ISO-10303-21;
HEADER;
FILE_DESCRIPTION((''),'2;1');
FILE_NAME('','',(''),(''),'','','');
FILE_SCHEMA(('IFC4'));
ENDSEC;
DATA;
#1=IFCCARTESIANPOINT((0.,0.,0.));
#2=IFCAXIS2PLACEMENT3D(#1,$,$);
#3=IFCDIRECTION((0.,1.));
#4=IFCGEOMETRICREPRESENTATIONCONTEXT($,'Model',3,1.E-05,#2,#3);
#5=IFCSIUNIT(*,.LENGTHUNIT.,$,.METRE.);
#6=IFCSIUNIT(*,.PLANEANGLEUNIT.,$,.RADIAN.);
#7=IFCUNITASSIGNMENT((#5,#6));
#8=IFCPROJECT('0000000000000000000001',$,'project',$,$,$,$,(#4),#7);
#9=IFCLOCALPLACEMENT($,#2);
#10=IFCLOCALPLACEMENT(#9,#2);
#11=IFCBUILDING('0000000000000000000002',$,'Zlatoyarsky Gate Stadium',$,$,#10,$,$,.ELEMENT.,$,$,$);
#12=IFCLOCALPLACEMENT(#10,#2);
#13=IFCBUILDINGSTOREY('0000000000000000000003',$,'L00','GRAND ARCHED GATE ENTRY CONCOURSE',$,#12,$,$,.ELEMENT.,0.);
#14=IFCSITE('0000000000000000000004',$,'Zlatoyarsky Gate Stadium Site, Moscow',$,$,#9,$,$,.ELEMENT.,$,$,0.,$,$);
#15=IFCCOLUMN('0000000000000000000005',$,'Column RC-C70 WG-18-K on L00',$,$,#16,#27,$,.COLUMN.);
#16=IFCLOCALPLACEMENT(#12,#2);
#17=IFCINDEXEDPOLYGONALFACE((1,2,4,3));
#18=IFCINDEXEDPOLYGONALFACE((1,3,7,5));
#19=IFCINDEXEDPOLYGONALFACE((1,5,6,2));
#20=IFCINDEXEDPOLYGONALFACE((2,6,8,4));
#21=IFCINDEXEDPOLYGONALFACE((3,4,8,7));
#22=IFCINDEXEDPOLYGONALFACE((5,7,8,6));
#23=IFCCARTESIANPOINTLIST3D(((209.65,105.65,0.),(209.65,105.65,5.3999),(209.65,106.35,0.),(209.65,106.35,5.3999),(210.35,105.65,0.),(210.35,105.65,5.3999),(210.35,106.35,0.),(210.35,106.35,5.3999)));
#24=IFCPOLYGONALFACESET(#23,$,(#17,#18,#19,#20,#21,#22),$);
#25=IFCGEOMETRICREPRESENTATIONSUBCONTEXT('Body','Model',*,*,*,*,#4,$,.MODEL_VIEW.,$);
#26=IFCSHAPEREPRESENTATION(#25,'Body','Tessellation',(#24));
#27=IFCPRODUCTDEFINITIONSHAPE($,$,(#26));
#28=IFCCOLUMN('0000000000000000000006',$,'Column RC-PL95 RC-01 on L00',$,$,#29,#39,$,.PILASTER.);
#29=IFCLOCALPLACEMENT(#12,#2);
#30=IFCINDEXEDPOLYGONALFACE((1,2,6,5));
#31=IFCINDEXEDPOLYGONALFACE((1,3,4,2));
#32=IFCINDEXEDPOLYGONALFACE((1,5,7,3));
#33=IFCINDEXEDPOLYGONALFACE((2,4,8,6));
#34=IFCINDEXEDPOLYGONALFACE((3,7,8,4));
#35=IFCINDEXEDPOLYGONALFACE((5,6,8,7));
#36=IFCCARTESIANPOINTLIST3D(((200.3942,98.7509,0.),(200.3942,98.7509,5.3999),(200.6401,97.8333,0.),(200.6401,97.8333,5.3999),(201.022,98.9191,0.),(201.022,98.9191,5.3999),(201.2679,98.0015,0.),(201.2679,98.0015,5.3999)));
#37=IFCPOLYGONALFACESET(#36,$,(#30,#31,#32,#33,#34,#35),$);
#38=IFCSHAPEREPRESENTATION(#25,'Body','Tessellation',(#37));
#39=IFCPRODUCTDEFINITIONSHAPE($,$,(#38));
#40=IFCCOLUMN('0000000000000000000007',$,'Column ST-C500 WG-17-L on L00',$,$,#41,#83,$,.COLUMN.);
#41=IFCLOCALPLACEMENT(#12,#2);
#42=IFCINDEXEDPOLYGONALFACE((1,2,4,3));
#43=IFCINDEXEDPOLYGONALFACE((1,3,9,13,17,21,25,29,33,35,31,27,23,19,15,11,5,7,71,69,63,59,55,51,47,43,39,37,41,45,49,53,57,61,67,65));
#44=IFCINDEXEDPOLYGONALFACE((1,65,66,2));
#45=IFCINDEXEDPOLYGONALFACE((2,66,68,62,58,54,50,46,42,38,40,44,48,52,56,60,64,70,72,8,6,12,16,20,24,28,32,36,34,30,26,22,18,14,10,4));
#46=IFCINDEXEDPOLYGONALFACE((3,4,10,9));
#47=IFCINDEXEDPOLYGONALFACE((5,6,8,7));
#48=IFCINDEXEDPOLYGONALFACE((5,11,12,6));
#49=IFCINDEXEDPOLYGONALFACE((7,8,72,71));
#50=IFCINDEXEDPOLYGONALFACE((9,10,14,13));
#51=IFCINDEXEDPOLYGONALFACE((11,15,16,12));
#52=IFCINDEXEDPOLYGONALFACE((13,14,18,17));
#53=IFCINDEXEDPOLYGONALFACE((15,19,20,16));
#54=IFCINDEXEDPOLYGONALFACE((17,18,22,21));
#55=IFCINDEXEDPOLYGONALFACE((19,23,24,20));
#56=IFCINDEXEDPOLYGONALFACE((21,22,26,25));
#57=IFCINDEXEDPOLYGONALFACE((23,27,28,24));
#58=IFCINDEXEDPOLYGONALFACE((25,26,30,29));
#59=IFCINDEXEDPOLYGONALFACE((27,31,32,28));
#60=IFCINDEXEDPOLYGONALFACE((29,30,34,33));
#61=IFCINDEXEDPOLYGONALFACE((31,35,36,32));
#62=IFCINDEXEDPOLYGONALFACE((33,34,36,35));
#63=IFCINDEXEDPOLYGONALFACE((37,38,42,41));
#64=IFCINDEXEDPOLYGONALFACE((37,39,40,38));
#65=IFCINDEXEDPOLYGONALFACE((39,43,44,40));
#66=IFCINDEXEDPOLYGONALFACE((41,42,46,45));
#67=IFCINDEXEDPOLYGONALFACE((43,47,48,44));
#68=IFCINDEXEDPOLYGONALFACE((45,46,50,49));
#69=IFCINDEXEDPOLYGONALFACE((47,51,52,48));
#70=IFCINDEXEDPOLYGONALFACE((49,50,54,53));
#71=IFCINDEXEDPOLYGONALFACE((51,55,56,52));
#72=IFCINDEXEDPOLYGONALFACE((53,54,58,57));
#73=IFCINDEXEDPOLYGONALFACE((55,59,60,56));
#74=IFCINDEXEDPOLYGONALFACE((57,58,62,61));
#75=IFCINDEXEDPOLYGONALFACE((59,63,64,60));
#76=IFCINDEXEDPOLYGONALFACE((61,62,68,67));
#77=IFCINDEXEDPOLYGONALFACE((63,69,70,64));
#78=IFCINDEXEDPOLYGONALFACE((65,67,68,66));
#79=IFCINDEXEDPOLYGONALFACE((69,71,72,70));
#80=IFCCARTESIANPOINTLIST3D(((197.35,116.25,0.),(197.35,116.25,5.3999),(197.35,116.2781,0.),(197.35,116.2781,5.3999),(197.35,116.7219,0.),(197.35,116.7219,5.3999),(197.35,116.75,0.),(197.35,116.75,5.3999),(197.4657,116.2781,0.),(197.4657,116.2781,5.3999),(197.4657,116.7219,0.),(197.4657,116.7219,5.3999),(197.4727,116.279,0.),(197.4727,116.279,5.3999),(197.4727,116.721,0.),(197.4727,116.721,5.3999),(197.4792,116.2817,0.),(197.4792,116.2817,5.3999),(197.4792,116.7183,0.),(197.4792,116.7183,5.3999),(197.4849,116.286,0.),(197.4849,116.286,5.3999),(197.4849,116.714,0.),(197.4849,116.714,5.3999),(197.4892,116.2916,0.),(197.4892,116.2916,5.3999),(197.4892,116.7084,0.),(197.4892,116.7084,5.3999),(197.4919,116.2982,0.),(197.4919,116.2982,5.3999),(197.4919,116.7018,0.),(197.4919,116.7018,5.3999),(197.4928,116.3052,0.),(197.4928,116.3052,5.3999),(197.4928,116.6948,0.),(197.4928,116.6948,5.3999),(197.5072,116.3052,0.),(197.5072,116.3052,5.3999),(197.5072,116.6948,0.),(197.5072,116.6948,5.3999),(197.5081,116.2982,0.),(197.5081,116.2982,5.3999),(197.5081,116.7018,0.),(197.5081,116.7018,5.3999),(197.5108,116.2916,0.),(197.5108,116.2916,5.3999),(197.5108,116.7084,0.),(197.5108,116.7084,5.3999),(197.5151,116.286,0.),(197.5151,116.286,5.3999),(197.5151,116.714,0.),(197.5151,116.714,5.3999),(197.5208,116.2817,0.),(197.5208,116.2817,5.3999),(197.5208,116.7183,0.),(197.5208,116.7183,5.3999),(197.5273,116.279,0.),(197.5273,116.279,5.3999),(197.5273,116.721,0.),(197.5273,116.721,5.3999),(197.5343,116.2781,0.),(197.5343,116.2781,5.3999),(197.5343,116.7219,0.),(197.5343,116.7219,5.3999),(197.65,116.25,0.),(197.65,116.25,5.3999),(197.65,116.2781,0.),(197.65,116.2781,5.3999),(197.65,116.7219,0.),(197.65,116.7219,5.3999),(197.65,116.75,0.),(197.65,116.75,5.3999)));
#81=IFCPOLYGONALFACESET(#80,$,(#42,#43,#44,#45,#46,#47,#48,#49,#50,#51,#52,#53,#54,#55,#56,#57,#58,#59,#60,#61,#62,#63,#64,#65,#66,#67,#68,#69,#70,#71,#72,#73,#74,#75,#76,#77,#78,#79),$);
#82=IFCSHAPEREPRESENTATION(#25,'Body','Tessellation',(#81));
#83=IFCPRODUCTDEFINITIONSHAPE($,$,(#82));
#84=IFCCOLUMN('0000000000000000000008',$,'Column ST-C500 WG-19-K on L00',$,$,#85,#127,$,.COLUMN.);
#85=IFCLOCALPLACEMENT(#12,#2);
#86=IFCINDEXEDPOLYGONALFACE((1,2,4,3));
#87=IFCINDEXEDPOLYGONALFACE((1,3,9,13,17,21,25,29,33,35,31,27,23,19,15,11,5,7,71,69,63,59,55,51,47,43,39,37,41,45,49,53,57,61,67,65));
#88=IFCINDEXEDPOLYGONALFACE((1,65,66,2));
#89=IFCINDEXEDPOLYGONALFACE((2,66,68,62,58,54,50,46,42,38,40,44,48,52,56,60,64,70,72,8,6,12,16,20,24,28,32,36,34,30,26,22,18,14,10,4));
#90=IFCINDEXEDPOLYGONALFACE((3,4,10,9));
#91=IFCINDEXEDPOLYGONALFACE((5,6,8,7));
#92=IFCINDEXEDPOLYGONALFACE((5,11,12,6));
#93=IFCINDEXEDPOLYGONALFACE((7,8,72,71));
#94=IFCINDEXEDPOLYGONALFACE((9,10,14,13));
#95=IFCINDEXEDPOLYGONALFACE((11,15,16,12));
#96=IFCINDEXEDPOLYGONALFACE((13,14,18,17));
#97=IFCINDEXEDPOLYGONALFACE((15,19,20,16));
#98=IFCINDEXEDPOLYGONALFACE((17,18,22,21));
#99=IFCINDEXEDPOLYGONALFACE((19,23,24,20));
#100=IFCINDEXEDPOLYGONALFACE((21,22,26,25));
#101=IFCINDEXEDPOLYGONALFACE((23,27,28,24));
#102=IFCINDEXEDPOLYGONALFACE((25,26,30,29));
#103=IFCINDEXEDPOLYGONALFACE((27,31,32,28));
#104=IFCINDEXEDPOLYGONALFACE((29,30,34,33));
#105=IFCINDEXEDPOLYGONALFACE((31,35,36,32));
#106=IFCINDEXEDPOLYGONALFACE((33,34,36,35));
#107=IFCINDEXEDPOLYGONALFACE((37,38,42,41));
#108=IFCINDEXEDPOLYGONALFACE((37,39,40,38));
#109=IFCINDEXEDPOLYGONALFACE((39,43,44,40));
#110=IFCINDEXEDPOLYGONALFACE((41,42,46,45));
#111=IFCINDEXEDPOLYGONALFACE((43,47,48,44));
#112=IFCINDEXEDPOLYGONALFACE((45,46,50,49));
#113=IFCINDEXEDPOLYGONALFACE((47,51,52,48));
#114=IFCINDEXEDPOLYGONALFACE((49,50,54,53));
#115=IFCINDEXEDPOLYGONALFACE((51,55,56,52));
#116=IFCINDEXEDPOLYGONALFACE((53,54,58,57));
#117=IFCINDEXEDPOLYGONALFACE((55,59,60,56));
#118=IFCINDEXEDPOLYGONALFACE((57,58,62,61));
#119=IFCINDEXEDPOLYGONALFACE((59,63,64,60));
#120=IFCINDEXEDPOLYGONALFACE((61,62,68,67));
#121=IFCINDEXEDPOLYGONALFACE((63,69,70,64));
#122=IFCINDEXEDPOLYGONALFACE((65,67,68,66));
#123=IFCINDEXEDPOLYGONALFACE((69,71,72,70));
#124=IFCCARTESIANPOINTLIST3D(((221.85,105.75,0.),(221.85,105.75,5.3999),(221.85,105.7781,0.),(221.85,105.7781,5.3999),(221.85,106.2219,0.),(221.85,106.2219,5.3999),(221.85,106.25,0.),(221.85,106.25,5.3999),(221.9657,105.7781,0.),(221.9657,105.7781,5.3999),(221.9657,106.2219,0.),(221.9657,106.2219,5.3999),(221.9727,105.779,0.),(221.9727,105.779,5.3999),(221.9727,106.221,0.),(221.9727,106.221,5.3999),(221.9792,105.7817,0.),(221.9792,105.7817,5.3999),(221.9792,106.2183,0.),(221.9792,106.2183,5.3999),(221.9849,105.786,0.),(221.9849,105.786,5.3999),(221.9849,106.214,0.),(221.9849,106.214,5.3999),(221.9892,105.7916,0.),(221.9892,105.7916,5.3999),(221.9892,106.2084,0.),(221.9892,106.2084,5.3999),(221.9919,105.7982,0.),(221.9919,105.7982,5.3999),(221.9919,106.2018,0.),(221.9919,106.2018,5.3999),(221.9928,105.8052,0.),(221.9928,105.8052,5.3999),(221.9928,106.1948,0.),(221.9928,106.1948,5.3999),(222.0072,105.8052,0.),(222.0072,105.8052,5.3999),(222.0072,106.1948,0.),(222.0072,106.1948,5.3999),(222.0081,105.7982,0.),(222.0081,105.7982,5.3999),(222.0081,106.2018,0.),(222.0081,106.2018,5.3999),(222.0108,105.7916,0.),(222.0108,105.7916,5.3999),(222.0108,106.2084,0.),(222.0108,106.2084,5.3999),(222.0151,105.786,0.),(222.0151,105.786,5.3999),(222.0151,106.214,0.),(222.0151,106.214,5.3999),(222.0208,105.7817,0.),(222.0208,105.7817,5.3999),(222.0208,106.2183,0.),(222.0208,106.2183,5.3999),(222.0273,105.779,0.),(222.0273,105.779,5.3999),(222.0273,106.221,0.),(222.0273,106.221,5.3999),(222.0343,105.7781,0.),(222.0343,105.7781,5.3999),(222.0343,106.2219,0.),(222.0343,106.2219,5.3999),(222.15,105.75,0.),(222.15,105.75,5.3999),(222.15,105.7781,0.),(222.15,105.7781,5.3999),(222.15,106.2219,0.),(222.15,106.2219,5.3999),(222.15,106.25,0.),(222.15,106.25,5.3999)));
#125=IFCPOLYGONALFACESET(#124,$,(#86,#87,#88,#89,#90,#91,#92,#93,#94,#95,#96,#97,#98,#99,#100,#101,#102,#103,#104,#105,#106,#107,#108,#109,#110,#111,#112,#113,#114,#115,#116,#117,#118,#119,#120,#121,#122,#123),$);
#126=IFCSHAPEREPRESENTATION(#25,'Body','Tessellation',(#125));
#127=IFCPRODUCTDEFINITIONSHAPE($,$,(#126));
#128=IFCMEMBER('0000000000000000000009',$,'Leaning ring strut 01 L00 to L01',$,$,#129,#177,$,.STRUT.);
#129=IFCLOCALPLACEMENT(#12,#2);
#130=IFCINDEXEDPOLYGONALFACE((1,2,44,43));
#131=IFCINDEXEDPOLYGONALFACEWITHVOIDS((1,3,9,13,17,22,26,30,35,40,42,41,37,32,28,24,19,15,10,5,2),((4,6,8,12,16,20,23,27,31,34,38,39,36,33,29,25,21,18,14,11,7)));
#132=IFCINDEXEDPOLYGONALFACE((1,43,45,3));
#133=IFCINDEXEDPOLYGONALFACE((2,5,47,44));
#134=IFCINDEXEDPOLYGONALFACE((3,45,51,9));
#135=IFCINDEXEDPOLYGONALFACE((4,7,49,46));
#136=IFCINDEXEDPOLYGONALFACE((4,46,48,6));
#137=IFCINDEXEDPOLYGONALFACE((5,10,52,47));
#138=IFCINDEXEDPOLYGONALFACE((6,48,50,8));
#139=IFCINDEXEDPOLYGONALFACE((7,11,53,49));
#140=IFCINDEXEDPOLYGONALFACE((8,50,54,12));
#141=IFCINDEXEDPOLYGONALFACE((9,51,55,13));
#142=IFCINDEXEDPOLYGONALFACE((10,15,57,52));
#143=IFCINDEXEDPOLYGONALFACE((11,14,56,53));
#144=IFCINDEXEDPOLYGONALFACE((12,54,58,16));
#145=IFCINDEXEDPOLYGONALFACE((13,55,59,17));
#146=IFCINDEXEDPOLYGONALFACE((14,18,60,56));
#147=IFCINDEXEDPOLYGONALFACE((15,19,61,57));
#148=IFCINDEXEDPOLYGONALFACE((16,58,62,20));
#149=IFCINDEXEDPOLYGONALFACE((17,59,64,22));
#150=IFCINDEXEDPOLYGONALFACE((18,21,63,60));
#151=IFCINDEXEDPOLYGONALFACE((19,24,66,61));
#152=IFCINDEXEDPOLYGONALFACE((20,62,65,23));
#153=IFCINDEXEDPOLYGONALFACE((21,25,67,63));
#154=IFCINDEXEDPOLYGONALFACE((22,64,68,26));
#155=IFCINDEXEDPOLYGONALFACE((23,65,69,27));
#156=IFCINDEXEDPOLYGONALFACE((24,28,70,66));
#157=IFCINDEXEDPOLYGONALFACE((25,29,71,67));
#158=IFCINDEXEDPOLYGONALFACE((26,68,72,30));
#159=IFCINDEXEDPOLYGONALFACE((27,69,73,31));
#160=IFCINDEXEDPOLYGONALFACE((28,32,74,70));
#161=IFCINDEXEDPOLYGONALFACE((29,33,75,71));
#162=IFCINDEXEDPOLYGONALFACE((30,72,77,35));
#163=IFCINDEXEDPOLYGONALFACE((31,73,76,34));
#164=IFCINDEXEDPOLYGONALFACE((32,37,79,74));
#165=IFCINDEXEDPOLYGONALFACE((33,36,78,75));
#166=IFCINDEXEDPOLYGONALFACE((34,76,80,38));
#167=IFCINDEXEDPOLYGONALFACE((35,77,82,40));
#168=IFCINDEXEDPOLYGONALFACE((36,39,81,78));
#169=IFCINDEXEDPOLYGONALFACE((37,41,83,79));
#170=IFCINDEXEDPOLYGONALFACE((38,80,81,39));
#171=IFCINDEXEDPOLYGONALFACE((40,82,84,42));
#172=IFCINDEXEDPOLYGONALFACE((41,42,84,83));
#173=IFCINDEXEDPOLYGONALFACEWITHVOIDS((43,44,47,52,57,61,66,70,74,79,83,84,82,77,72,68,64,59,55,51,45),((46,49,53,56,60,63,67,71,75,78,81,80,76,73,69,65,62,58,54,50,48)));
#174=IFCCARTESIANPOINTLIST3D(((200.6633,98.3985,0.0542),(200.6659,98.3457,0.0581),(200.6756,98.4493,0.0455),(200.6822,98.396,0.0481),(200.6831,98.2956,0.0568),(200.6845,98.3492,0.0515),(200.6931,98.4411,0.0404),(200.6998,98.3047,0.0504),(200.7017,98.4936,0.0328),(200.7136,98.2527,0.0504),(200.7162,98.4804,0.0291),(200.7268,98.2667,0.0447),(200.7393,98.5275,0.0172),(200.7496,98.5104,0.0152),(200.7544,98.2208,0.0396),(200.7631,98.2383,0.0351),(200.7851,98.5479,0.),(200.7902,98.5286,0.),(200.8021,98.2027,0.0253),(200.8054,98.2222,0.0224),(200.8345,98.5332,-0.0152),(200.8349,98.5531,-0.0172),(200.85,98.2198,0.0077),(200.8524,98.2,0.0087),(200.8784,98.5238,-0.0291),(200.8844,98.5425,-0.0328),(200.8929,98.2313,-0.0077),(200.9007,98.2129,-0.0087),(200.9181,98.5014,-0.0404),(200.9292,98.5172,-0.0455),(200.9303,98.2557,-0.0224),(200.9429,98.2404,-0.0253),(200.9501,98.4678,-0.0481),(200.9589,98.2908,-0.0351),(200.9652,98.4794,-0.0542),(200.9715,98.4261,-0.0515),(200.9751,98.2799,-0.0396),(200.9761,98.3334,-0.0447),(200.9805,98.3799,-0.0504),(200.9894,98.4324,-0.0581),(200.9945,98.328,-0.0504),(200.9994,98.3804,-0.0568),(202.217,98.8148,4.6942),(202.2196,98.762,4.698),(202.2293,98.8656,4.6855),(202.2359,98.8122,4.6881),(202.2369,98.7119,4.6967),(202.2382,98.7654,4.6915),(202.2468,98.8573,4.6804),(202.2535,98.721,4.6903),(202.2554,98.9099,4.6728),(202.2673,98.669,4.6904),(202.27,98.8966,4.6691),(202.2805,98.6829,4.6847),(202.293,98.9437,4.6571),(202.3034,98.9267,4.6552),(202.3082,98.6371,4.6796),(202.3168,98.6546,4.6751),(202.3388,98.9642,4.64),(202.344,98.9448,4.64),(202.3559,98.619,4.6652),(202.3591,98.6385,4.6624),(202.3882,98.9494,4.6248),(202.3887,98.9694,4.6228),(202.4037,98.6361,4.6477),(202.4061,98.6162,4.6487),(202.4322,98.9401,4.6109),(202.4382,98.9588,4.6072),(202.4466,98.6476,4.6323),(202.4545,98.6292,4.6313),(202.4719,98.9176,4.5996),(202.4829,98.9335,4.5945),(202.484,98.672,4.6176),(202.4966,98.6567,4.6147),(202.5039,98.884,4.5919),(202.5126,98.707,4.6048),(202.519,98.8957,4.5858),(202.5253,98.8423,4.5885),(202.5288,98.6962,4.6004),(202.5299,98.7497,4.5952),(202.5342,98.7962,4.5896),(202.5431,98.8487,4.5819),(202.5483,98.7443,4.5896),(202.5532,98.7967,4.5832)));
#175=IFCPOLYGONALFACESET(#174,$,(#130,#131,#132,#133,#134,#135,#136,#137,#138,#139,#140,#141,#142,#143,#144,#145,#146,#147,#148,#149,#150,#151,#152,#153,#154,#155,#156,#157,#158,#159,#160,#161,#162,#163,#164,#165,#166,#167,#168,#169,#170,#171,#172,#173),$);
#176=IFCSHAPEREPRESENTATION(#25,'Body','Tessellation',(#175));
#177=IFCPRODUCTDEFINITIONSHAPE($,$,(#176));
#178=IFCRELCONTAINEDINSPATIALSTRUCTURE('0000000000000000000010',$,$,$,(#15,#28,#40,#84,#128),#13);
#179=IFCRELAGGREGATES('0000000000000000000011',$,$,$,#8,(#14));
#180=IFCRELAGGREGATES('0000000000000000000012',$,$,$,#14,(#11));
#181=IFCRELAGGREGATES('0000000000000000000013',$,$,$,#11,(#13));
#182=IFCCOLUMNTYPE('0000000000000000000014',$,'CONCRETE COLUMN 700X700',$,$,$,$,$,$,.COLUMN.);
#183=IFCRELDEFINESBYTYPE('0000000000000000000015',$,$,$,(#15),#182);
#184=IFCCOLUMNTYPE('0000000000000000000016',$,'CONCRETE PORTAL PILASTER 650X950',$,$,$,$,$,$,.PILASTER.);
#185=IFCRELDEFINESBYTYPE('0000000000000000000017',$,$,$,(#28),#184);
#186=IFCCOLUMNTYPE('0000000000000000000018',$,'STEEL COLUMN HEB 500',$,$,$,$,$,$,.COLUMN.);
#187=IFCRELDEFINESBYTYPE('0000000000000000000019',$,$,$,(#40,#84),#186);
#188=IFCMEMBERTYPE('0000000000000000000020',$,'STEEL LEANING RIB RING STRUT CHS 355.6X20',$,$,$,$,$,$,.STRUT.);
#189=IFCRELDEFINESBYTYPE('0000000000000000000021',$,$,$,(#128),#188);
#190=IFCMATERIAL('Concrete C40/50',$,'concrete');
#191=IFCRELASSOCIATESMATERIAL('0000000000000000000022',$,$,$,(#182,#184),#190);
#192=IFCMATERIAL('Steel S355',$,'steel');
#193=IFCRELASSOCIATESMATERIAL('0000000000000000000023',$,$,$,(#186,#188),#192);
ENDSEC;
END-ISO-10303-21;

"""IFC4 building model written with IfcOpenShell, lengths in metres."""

from ifc_helpers import new_model, si_unit, direction, frame, origin, origin_2d, place, context, subcontext, project, spatial, rectangle, hollow_circle, i_section, extrude, material, material_profile, profile_set, type_object, element, save


model = new_model("IFC4")

# Units and contexts
model_context = context("Model", 3, precision=1e-05, world=origin(), true_north=direction((0.0, 1.0)))
body_context = subcontext(model_context, "Body", "Model", "MODEL_VIEW")
ifc_project = project(units=[si_unit("LENGTHUNIT", "METRE"), si_unit("PLANEANGLEUNIT", "RADIAN")], contexts=[model_context])

# Site, building, storey
site_placement = place(None, origin())
site = spatial("IfcSite", under=ifc_project, at=site_placement, Name="Zlatoyarsky Gate Stadium Site, Moscow", CompositionType="ELEMENT", RefElevation=0.0)
building_placement = place(site_placement, origin())
building = spatial("IfcBuilding", under=site, at=building_placement, Name="Zlatoyarsky Gate Stadium", CompositionType="ELEMENT")
storey_placement = place(building_placement, origin())
storey = spatial("IfcBuildingStorey", under=building, at=storey_placement, Name="L00", Description="GRAND ARCHED GATE ENTRY CONCOURSE", CompositionType="ELEMENT", Elevation=0.0)

# Columns
ifc_material_1 = material(Name="Concrete C40/50", Category="concrete")
ifc_material_profile_1 = material_profile(ifc_material_1, rectangle(XDim=0.7, YDim=0.7, at=origin_2d()), Name="RC COL 700X700")
ifc_profile_set_1 = profile_set([ifc_material_profile_1], Name="Concrete C40/50")
column_type_1 = type_object("IfcColumnType", Name="CONCRETE COLUMN 700X700", PredefinedType="COLUMN", material=ifc_profile_set_1)
column_1_placement = place(storey_placement, frame((210.0, 106.0, 0.0), z_axis=(0.0, 0.0, 1.0), x_axis=(1.0, 0.0, 0.0)))
element("IfcColumn", 1, at=column_1_placement, inside=storey, type_object=column_type_1, Name="Column RC-C70 WG-18-K on L00", PredefinedType="COLUMN", context=body_context, shape_type="SweptSolid", body=[
    extrude(rectangle(XDim=0.7, YDim=0.7, at=origin_2d()), origin(), (0.0, 0.0, 1.0), 5.3999),
])
ifc_material_profile_2 = material_profile(ifc_material_1, rectangle(XDim=0.6499, YDim=0.95, at=origin_2d()), Name="RC PILASTER 650X950")
ifc_profile_set_2 = profile_set([ifc_material_profile_2], Name="Concrete C40/50")
column_type_2 = type_object("IfcColumnType", Name="CONCRETE PORTAL PILASTER 650X950", PredefinedType="PILASTER", material=ifc_profile_set_2)
column_2_placement = place(storey_placement, frame((200.8311, 98.3762, 0.0), z_axis=(0.0, 0.0, 1.0), x_axis=(0.965926, 0.258819, 0.0)))
element("IfcColumn", 2, at=column_2_placement, inside=storey, type_object=column_type_2, Name="Column RC-PL95 RC-01 on L00", PredefinedType="PILASTER", context=body_context, shape_type="SweptSolid", body=[
    extrude(rectangle(XDim=0.6499, YDim=0.95, at=origin_2d()), origin(), (0.0, 0.0, 1.0), 5.3999),
])
ifc_material_2 = material(Name="Steel S355", Category="steel")
ifc_material_profile_3 = material_profile(ifc_material_2, i_section(OverallWidth=0.3, OverallDepth=0.5, WebThickness=0.0144, FlangeThickness=0.0281, FilletRadius=0.0271, at=origin_2d()), Name="HEB 500")
ifc_profile_set_3 = profile_set([ifc_material_profile_3], Name="Steel S355")
column_type_3 = type_object("IfcColumnType", Name="STEEL COLUMN HEB 500", PredefinedType="COLUMN", material=ifc_profile_set_3)
for number, where, z_axis, x_axis, name in (
    (3, (197.5, 116.5, 0.0), (0.0, 0.0, 1.0), (1.0, 0.0, 0.0), "Column ST-C500 WG-17-L on L00"),
    (4, (222.0, 106.0, 0.0), (0.0, 0.0, 1.0), (1.0, 0.0, 0.0), "Column ST-C500 WG-19-K on L00"),
):
    element("IfcColumn", number, at=place(storey_placement, frame(where, z_axis=z_axis, x_axis=x_axis)), inside=storey, type_object=column_type_3, Name=name, PredefinedType="COLUMN", context=body_context, shape_type="SweptSolid", body=[
        extrude(i_section(OverallWidth=0.3, OverallDepth=0.5, WebThickness=0.0144, FlangeThickness=0.0281, FilletRadius=0.0271, at=origin_2d()), origin(), (0.0, 0.0, 1.0), 5.3999),
    ])

# Member
ifc_material_profile_4 = material_profile(ifc_material_2, hollow_circle(Radius=0.1777, WallThickness=0.02, at=origin_2d()), Name="CHS 355.6X20")
ifc_profile_set_4 = profile_set([ifc_material_profile_4], Name="Steel S355")
member_type = type_object("IfcMemberType", Name="STEEL LEANING RIB RING STRUT CHS 355.6X20", PredefinedType="STRUT", material=ifc_profile_set_4)
member_placement = place(storey_placement, frame((200.8311, 98.3762, 0.0), z_axis=(0.316387, 0.084764, 0.944836), x_axis=(-0.258787, 0.965935, 0.0)))
element("IfcMember", 5, at=member_placement, inside=storey, type_object=member_type, Name="Leaning ring strut 01 L00 to L01", PredefinedType="STRUT", context=body_context, shape_type="SweptSolid", body=[
    extrude(hollow_circle(Radius=0.1777, WallThickness=0.02, at=origin_2d()), origin(), (0.0, 0.0, 1.0), 4.9109),
])

save(model, "model.ifc")
